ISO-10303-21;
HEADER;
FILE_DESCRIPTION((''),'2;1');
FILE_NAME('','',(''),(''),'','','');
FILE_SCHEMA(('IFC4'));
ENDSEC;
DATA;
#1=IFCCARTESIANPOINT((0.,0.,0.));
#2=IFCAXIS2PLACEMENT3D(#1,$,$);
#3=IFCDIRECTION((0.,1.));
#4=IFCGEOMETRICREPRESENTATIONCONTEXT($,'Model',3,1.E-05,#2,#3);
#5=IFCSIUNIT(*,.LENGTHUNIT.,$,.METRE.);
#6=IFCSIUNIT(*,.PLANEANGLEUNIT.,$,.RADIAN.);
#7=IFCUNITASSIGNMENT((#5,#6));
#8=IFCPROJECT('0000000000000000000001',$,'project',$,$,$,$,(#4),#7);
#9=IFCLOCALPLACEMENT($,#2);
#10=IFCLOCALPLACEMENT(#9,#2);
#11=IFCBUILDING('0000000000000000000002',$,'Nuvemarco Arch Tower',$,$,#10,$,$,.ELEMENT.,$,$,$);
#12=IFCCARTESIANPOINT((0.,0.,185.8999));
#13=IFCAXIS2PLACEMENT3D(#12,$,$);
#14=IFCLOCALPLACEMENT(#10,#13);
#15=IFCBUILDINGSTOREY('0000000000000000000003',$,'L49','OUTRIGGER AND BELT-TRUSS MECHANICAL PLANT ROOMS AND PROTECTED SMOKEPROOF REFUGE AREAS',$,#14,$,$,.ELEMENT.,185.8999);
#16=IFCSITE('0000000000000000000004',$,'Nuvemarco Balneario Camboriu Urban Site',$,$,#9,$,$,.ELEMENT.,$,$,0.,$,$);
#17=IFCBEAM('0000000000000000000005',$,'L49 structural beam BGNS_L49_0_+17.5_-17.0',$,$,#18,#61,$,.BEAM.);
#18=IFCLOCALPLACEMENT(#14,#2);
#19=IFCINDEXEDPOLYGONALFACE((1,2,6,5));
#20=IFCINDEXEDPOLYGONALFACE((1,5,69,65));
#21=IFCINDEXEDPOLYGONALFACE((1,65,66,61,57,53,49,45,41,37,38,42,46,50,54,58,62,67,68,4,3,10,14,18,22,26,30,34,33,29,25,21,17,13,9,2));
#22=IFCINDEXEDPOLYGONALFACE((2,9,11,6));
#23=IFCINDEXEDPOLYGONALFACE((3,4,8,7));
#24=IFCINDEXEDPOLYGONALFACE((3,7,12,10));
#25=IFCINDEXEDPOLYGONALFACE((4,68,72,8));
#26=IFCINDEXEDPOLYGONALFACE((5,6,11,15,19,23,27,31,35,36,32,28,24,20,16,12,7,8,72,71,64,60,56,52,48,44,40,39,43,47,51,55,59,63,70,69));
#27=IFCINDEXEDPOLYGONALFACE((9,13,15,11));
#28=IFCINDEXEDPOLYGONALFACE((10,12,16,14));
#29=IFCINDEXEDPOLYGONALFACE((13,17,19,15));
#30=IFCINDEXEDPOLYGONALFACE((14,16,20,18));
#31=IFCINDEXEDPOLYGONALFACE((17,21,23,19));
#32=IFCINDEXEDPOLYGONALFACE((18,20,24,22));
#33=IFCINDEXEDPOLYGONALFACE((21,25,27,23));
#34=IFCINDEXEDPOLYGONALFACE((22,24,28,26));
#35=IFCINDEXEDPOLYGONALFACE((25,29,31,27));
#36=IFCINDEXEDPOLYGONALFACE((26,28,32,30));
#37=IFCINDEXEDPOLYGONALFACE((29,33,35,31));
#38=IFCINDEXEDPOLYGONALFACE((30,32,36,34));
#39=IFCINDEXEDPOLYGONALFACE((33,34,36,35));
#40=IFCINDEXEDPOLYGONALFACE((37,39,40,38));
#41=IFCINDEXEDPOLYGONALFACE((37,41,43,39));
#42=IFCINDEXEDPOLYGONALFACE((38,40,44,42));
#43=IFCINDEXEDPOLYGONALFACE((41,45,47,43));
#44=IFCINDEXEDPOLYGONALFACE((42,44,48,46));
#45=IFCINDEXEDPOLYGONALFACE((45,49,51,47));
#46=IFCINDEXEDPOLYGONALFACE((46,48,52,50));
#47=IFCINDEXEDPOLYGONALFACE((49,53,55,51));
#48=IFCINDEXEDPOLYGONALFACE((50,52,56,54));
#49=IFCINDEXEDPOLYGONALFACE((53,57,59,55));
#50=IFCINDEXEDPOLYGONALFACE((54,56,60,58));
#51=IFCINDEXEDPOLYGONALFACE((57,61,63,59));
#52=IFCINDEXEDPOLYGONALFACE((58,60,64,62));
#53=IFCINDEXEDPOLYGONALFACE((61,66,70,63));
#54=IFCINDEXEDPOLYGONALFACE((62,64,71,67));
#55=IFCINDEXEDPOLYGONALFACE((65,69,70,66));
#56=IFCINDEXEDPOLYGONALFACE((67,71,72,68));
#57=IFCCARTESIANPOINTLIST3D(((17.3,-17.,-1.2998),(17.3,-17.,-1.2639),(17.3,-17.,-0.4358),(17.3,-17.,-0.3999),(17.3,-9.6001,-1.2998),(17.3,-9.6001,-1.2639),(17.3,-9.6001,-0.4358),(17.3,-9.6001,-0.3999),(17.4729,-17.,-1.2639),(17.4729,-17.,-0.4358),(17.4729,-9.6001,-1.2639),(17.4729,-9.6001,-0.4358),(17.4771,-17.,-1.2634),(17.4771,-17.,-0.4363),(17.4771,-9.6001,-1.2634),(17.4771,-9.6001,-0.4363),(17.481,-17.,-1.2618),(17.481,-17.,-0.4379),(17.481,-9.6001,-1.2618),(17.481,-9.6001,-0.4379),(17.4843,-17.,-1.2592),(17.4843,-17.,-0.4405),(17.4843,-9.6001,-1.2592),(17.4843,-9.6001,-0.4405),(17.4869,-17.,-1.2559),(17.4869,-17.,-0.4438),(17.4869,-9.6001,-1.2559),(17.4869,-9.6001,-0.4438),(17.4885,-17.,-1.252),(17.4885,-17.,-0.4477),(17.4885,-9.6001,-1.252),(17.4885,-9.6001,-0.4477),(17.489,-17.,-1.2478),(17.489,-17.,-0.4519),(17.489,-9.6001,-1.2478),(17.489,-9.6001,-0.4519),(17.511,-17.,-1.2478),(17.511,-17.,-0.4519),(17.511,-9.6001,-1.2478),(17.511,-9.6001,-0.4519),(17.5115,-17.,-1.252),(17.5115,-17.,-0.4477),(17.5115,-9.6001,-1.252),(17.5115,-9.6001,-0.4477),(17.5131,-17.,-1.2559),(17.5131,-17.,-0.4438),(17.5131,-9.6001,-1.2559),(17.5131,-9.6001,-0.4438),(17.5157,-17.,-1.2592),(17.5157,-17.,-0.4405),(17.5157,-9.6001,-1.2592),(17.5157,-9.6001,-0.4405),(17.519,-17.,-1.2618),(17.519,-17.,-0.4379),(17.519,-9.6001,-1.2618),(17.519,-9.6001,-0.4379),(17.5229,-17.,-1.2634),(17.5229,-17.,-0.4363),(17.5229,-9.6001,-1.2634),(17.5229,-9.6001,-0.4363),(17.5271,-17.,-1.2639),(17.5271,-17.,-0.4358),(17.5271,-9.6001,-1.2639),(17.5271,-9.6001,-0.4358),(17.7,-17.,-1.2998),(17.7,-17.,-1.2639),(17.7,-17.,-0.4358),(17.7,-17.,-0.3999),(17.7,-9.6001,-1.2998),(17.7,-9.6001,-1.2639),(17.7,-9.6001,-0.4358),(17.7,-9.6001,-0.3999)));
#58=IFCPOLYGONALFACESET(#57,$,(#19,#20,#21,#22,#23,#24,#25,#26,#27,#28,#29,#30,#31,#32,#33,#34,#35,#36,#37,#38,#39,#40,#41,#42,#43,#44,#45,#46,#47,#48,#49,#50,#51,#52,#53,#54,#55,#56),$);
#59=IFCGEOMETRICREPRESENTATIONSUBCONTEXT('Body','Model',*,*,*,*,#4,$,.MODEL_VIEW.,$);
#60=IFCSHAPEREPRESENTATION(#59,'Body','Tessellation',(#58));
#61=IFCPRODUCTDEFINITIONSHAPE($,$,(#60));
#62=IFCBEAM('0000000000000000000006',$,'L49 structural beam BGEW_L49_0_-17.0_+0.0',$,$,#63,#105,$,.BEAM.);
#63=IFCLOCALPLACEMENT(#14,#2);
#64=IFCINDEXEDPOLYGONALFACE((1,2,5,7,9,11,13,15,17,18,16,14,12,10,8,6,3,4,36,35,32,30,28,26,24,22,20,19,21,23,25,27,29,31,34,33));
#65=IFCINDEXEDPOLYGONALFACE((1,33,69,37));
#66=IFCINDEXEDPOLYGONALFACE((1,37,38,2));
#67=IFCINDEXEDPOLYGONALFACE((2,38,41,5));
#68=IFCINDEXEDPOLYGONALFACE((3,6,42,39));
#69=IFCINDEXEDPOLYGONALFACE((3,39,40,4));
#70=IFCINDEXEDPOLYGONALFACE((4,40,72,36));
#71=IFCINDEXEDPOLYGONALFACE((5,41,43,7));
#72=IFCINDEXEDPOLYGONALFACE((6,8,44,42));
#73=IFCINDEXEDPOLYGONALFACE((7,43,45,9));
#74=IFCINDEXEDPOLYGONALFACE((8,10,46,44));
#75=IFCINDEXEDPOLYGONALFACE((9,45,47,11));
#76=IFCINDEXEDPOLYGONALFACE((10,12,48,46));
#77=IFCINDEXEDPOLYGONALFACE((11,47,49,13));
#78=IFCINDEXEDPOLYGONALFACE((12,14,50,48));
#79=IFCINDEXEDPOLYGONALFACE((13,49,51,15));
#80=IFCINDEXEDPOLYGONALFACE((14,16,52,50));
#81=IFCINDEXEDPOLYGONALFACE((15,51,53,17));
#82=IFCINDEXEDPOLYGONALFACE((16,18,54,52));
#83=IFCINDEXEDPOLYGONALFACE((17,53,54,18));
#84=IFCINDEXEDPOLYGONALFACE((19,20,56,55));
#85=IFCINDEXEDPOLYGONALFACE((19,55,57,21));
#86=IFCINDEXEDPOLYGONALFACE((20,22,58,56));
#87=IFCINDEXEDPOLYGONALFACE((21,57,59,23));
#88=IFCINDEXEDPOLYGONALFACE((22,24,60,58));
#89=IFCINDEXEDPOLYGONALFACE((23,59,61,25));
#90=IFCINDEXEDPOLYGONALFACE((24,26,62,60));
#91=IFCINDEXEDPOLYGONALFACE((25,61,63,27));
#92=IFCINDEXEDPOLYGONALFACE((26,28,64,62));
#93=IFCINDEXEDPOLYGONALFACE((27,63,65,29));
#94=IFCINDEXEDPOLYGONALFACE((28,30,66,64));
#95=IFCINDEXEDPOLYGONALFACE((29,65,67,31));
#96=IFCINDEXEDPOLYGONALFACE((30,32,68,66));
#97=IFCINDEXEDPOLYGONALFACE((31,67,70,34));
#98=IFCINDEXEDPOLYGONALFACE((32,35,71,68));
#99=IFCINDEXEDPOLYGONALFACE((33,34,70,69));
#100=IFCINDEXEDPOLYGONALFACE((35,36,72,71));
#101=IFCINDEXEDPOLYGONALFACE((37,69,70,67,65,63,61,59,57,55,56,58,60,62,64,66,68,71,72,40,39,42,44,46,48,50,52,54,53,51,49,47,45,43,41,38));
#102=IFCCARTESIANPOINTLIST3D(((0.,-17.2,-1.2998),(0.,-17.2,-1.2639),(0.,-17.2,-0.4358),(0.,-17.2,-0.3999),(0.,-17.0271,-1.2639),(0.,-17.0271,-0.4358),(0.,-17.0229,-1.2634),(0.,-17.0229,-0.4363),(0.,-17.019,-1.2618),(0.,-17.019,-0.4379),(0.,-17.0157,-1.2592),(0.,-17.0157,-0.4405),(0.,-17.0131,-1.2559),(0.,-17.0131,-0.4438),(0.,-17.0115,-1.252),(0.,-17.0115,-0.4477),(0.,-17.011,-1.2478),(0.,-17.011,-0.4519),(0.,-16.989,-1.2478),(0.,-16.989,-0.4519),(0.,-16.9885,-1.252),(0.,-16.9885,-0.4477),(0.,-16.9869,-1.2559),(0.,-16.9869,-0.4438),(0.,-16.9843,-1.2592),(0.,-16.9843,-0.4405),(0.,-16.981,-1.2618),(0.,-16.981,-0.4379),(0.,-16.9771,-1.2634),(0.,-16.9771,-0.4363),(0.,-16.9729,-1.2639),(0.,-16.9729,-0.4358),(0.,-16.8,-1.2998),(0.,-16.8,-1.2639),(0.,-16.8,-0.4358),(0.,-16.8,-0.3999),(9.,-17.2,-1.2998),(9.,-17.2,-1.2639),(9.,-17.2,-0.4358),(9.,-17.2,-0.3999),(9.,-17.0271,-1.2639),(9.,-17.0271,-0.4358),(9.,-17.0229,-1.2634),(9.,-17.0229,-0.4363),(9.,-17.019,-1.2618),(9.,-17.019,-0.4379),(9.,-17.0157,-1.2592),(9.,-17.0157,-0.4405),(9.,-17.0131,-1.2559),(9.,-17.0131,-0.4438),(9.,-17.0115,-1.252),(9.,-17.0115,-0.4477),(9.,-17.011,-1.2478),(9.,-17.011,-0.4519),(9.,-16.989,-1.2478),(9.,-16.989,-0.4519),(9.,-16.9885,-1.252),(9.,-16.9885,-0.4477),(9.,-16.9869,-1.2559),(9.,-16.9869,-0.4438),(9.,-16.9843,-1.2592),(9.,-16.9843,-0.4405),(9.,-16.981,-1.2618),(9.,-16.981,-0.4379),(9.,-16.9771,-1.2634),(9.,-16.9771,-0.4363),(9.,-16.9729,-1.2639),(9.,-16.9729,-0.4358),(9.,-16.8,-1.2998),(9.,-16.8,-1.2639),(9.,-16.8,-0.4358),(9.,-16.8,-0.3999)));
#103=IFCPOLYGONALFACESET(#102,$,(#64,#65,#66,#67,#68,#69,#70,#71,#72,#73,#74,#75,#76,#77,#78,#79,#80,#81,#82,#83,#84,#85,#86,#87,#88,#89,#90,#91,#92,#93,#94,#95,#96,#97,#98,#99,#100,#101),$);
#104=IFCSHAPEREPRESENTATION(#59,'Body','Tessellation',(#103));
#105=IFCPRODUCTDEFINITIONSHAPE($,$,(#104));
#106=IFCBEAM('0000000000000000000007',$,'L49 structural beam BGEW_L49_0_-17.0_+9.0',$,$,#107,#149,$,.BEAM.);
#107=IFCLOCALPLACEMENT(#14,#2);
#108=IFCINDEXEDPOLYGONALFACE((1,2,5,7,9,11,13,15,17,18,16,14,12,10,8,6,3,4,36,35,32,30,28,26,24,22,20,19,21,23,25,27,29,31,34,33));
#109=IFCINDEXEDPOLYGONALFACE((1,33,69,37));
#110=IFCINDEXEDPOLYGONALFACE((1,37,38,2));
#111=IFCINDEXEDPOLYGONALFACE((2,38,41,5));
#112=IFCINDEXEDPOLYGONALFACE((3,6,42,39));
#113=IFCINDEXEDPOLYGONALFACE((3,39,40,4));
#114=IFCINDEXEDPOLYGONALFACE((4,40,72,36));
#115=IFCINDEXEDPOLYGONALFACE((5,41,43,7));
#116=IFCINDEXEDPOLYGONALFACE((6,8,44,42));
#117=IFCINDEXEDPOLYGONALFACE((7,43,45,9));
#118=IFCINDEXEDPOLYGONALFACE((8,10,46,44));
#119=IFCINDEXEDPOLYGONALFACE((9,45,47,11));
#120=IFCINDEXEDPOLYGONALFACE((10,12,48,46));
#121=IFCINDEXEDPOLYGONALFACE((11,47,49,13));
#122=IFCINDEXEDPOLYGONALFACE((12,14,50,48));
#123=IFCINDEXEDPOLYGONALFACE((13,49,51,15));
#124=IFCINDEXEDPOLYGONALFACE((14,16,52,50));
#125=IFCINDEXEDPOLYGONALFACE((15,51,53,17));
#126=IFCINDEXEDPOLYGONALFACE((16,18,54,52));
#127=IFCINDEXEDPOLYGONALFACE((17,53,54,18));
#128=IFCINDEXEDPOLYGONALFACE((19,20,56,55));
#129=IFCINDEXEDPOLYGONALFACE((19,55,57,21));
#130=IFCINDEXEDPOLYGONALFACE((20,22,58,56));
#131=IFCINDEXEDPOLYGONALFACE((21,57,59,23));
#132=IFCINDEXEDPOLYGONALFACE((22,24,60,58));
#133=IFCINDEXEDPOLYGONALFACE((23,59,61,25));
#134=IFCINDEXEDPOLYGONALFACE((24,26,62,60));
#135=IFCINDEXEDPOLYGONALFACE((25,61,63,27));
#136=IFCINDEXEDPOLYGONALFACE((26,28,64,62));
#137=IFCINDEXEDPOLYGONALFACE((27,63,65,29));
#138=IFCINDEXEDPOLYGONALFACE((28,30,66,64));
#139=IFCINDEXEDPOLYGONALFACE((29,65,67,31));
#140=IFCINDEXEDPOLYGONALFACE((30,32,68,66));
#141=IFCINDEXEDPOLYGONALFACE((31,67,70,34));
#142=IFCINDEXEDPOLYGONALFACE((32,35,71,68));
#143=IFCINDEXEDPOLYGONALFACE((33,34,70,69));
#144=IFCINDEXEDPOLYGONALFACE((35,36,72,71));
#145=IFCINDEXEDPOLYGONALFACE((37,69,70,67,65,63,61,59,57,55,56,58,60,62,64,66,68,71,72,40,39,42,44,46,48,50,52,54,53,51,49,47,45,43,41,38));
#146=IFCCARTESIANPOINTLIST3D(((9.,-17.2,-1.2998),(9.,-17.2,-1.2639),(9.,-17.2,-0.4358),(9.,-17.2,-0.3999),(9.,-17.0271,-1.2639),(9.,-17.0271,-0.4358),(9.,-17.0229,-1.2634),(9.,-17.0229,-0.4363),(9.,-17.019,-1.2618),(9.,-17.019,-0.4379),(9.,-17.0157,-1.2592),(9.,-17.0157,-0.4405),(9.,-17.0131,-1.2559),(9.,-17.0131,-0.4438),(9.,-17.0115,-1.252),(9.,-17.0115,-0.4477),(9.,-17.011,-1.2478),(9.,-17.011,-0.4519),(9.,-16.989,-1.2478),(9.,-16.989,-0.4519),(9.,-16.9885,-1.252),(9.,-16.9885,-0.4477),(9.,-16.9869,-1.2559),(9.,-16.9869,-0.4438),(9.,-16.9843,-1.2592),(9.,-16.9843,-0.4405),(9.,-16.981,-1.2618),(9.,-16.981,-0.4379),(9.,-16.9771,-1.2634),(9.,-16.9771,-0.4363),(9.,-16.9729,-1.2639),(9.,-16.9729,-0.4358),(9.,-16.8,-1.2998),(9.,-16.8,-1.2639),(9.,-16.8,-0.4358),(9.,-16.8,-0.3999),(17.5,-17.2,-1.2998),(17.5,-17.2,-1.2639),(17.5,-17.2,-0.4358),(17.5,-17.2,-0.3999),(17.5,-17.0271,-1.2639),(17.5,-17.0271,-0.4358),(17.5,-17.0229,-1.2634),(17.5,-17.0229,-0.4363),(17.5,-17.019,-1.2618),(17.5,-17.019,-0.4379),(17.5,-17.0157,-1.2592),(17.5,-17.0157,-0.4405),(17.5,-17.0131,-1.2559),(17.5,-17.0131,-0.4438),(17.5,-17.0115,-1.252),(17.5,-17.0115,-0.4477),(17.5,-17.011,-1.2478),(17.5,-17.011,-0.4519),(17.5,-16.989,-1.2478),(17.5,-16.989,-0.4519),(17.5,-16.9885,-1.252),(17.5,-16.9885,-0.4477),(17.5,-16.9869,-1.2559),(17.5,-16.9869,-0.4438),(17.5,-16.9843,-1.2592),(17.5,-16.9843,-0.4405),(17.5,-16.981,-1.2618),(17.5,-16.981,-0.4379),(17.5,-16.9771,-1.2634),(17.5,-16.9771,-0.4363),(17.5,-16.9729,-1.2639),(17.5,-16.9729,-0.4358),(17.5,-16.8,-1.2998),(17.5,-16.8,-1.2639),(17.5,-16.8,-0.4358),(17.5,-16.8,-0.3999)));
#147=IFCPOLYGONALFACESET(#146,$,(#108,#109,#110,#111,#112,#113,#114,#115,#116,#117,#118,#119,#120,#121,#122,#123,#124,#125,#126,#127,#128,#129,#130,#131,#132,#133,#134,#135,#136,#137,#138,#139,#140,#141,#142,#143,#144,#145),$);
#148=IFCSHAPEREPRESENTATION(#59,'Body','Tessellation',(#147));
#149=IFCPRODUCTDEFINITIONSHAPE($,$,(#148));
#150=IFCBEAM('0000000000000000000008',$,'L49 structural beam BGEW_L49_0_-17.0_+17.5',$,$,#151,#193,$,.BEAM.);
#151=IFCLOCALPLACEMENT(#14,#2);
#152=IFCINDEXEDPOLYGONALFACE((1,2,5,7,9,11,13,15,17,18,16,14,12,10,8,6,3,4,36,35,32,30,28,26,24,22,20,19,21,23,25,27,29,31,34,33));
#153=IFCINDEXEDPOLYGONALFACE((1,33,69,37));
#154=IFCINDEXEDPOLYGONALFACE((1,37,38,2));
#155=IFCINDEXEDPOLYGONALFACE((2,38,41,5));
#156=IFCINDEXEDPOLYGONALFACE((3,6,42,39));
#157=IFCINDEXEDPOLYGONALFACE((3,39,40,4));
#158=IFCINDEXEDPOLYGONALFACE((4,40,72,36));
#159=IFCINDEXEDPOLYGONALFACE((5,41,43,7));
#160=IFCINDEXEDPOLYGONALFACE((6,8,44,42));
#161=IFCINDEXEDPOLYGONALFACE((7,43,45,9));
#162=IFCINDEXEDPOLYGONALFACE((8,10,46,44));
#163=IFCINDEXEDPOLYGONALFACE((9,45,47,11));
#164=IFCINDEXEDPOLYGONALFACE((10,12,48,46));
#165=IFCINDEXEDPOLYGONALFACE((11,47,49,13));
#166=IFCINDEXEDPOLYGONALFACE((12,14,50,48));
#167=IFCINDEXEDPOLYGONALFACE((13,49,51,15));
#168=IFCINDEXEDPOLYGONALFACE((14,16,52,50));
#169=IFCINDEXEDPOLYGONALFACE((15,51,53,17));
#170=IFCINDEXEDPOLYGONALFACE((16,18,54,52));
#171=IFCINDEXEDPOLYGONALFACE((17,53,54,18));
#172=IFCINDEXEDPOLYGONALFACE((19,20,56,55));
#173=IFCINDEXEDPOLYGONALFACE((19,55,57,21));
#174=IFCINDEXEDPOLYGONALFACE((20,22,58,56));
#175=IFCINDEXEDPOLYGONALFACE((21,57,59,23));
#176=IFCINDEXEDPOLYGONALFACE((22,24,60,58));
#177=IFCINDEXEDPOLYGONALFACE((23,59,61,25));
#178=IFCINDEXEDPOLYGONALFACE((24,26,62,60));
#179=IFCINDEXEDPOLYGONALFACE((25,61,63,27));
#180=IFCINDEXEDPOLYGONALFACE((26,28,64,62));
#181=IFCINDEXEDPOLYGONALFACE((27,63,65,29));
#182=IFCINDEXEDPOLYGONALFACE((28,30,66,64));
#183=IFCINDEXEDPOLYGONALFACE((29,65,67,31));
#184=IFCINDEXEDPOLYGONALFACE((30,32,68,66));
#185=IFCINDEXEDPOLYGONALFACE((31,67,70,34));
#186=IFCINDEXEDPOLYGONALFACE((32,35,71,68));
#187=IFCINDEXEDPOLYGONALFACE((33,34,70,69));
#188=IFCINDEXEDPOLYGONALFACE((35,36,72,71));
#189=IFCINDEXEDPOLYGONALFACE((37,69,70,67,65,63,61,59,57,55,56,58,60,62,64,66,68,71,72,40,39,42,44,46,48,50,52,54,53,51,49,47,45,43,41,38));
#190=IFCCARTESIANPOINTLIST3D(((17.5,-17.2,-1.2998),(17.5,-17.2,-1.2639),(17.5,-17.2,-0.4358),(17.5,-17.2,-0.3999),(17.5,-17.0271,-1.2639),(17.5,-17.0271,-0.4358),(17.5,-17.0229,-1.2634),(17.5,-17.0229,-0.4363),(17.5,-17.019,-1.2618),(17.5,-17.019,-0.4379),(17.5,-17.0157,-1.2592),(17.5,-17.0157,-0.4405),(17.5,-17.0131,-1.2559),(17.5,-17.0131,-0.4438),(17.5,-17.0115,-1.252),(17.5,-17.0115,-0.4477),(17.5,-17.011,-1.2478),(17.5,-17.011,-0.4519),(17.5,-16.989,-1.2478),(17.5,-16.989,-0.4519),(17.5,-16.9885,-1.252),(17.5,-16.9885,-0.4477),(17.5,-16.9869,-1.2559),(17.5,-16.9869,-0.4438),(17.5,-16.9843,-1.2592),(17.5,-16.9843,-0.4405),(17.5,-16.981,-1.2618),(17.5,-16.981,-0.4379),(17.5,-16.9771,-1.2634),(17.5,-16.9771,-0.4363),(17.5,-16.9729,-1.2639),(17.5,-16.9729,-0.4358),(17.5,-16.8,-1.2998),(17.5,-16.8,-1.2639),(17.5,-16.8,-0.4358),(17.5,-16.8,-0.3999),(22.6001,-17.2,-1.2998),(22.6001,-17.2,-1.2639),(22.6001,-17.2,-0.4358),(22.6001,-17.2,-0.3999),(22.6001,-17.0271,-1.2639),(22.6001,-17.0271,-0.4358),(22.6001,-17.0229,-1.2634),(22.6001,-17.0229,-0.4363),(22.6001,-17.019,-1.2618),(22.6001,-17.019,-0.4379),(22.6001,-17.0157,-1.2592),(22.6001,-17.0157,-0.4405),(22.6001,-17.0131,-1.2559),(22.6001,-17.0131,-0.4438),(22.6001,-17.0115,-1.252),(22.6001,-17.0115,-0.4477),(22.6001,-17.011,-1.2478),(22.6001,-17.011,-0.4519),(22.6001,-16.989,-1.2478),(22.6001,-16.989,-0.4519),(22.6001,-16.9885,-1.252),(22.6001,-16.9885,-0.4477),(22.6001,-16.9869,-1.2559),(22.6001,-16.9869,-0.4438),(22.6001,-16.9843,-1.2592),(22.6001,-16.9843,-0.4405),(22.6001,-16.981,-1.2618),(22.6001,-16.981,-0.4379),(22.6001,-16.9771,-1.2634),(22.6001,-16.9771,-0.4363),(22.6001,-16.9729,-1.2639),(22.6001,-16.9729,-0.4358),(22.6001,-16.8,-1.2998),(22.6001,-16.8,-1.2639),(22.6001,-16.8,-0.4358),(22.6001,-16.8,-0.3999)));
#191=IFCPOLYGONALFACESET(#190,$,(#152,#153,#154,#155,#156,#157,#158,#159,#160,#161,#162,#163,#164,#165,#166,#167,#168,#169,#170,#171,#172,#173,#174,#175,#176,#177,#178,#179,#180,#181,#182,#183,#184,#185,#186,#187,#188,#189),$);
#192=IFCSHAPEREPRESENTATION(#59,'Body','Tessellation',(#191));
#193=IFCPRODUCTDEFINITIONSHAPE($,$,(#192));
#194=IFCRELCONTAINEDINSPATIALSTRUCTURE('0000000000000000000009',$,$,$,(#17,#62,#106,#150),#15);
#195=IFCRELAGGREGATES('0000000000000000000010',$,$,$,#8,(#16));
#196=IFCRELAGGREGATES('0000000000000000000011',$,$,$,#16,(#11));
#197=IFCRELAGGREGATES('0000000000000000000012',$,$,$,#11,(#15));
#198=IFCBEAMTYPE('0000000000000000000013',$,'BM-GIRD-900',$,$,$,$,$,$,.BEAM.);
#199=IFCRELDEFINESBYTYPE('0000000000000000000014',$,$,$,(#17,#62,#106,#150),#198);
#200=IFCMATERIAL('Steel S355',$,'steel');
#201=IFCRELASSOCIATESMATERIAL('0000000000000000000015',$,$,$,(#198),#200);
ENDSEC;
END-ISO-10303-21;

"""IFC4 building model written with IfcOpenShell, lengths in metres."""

from ifc_helpers import new_model, si_unit, direction, frame, origin, origin_2d, place, context, subcontext, project, spatial, i_section, extrude, material, material_profile, profile_set, type_object, element, save


model = new_model("IFC4")

# Units and contexts
model_context = context("Model", 3, precision=1e-05, world=origin(), true_north=direction((0.0, 1.0)))
body_context = subcontext(model_context, "Body", "Model", "MODEL_VIEW")
ifc_project = project(units=[si_unit("LENGTHUNIT", "METRE"), si_unit("PLANEANGLEUNIT", "RADIAN")], contexts=[model_context])

# Site, building, storey
site_placement = place(None, origin())
site = spatial("IfcSite", under=ifc_project, at=site_placement, Name="Nuvemarco Balneario Camboriu Urban Site", CompositionType="ELEMENT", RefElevation=0.0)
building_placement = place(site_placement, origin())
building = spatial("IfcBuilding", under=site, at=building_placement, Name="Nuvemarco Arch Tower", CompositionType="ELEMENT")
storey_placement = place(building_placement, frame((0.0, 0.0, 185.8999)))
storey = spatial("IfcBuildingStorey", under=building, at=storey_placement, Name="L49", Description="OUTRIGGER AND BELT-TRUSS MECHANICAL PLANT ROOMS AND PROTECTED SMOKEPROOF REFUGE AREAS", CompositionType="ELEMENT", Elevation=185.8999)

# Shared definitions
ifc_material_1 = material(Name="Steel S355", Category="steel")

# Beams
ifc_material_profile_1 = material_profile(ifc_material_1, i_section(OverallWidth=0.3999, OverallDepth=0.8999, WebThickness=0.022, FlangeThickness=0.0359, FilletRadius=0.0161, at=origin_2d()), Name="PG900x400")
ifc_profile_set_1 = profile_set([ifc_material_profile_1], Name="Steel S355")
beam_type_1 = type_object("IfcBeamType", Name="BM-GIRD-900", PredefinedType="BEAM", material=ifc_profile_set_1)
for number, where, z_axis, x_axis, name in (
    (1, (17.5, -17.0, -0.8499), (0.0, 1.0, 0.0), (-1.0, 0.0, 0.0), "L49 structural beam BGNS_L49_0_+17.5_-17.0"),
):
    element("IfcBeam", number, at=place(storey_placement, frame(where, z_axis=z_axis, x_axis=x_axis)), inside=storey, type_object=beam_type_1, Name=name, PredefinedType="BEAM", context=body_context, shape_type="SweptSolid", body=[
        extrude(i_section(OverallWidth=0.3999, OverallDepth=0.8999, WebThickness=0.022, FlangeThickness=0.0359, FilletRadius=0.0161, at=origin_2d()), origin(), (0.0, 0.0, 1.0), 7.3999),
    ])
beam_1_placement = place(storey_placement, frame((0.0, -17.0, -0.8499), z_axis=(1.0, 0.0, 0.0), x_axis=(0.0, 1.0, 0.0)))
element("IfcBeam", 2, at=beam_1_placement, inside=storey, type_object=beam_type_1, Name="L49 structural beam BGEW_L49_0_-17.0_+0.0", PredefinedType="BEAM", context=body_context, shape_type="SweptSolid", body=[
    extrude(i_section(OverallWidth=0.3999, OverallDepth=0.8999, WebThickness=0.022, FlangeThickness=0.0359, FilletRadius=0.0161, at=origin_2d()), origin(), (0.0, 0.0, 1.0), 9.0),
])
beam_2_placement = place(storey_placement, frame((9.0, -17.0, -0.8499), z_axis=(1.0, 0.0, 0.0), x_axis=(0.0, 1.0, 0.0)))
element("IfcBeam", 3, at=beam_2_placement, inside=storey, type_object=beam_type_1, Name="L49 structural beam BGEW_L49_0_-17.0_+9.0", PredefinedType="BEAM", context=body_context, shape_type="SweptSolid", body=[
    extrude(i_section(OverallWidth=0.3999, OverallDepth=0.8999, WebThickness=0.022, FlangeThickness=0.0359, FilletRadius=0.0161, at=origin_2d()), origin(), (0.0, 0.0, 1.0), 8.5),
])
beam_3_placement = place(storey_placement, frame((17.5, -17.0, -0.8499), z_axis=(1.0, 0.0, 0.0), x_axis=(0.0, 1.0, 0.0)))
element("IfcBeam", 4, at=beam_3_placement, inside=storey, type_object=beam_type_1, Name="L49 structural beam BGEW_L49_0_-17.0_+17.5", PredefinedType="BEAM", context=body_context, shape_type="SweptSolid", body=[
    extrude(i_section(OverallWidth=0.3999, OverallDepth=0.8999, WebThickness=0.022, FlangeThickness=0.0359, FilletRadius=0.0161, at=origin_2d()), origin(), (0.0, 0.0, 1.0), 5.1001),
])

save(model, "model.ifc")
